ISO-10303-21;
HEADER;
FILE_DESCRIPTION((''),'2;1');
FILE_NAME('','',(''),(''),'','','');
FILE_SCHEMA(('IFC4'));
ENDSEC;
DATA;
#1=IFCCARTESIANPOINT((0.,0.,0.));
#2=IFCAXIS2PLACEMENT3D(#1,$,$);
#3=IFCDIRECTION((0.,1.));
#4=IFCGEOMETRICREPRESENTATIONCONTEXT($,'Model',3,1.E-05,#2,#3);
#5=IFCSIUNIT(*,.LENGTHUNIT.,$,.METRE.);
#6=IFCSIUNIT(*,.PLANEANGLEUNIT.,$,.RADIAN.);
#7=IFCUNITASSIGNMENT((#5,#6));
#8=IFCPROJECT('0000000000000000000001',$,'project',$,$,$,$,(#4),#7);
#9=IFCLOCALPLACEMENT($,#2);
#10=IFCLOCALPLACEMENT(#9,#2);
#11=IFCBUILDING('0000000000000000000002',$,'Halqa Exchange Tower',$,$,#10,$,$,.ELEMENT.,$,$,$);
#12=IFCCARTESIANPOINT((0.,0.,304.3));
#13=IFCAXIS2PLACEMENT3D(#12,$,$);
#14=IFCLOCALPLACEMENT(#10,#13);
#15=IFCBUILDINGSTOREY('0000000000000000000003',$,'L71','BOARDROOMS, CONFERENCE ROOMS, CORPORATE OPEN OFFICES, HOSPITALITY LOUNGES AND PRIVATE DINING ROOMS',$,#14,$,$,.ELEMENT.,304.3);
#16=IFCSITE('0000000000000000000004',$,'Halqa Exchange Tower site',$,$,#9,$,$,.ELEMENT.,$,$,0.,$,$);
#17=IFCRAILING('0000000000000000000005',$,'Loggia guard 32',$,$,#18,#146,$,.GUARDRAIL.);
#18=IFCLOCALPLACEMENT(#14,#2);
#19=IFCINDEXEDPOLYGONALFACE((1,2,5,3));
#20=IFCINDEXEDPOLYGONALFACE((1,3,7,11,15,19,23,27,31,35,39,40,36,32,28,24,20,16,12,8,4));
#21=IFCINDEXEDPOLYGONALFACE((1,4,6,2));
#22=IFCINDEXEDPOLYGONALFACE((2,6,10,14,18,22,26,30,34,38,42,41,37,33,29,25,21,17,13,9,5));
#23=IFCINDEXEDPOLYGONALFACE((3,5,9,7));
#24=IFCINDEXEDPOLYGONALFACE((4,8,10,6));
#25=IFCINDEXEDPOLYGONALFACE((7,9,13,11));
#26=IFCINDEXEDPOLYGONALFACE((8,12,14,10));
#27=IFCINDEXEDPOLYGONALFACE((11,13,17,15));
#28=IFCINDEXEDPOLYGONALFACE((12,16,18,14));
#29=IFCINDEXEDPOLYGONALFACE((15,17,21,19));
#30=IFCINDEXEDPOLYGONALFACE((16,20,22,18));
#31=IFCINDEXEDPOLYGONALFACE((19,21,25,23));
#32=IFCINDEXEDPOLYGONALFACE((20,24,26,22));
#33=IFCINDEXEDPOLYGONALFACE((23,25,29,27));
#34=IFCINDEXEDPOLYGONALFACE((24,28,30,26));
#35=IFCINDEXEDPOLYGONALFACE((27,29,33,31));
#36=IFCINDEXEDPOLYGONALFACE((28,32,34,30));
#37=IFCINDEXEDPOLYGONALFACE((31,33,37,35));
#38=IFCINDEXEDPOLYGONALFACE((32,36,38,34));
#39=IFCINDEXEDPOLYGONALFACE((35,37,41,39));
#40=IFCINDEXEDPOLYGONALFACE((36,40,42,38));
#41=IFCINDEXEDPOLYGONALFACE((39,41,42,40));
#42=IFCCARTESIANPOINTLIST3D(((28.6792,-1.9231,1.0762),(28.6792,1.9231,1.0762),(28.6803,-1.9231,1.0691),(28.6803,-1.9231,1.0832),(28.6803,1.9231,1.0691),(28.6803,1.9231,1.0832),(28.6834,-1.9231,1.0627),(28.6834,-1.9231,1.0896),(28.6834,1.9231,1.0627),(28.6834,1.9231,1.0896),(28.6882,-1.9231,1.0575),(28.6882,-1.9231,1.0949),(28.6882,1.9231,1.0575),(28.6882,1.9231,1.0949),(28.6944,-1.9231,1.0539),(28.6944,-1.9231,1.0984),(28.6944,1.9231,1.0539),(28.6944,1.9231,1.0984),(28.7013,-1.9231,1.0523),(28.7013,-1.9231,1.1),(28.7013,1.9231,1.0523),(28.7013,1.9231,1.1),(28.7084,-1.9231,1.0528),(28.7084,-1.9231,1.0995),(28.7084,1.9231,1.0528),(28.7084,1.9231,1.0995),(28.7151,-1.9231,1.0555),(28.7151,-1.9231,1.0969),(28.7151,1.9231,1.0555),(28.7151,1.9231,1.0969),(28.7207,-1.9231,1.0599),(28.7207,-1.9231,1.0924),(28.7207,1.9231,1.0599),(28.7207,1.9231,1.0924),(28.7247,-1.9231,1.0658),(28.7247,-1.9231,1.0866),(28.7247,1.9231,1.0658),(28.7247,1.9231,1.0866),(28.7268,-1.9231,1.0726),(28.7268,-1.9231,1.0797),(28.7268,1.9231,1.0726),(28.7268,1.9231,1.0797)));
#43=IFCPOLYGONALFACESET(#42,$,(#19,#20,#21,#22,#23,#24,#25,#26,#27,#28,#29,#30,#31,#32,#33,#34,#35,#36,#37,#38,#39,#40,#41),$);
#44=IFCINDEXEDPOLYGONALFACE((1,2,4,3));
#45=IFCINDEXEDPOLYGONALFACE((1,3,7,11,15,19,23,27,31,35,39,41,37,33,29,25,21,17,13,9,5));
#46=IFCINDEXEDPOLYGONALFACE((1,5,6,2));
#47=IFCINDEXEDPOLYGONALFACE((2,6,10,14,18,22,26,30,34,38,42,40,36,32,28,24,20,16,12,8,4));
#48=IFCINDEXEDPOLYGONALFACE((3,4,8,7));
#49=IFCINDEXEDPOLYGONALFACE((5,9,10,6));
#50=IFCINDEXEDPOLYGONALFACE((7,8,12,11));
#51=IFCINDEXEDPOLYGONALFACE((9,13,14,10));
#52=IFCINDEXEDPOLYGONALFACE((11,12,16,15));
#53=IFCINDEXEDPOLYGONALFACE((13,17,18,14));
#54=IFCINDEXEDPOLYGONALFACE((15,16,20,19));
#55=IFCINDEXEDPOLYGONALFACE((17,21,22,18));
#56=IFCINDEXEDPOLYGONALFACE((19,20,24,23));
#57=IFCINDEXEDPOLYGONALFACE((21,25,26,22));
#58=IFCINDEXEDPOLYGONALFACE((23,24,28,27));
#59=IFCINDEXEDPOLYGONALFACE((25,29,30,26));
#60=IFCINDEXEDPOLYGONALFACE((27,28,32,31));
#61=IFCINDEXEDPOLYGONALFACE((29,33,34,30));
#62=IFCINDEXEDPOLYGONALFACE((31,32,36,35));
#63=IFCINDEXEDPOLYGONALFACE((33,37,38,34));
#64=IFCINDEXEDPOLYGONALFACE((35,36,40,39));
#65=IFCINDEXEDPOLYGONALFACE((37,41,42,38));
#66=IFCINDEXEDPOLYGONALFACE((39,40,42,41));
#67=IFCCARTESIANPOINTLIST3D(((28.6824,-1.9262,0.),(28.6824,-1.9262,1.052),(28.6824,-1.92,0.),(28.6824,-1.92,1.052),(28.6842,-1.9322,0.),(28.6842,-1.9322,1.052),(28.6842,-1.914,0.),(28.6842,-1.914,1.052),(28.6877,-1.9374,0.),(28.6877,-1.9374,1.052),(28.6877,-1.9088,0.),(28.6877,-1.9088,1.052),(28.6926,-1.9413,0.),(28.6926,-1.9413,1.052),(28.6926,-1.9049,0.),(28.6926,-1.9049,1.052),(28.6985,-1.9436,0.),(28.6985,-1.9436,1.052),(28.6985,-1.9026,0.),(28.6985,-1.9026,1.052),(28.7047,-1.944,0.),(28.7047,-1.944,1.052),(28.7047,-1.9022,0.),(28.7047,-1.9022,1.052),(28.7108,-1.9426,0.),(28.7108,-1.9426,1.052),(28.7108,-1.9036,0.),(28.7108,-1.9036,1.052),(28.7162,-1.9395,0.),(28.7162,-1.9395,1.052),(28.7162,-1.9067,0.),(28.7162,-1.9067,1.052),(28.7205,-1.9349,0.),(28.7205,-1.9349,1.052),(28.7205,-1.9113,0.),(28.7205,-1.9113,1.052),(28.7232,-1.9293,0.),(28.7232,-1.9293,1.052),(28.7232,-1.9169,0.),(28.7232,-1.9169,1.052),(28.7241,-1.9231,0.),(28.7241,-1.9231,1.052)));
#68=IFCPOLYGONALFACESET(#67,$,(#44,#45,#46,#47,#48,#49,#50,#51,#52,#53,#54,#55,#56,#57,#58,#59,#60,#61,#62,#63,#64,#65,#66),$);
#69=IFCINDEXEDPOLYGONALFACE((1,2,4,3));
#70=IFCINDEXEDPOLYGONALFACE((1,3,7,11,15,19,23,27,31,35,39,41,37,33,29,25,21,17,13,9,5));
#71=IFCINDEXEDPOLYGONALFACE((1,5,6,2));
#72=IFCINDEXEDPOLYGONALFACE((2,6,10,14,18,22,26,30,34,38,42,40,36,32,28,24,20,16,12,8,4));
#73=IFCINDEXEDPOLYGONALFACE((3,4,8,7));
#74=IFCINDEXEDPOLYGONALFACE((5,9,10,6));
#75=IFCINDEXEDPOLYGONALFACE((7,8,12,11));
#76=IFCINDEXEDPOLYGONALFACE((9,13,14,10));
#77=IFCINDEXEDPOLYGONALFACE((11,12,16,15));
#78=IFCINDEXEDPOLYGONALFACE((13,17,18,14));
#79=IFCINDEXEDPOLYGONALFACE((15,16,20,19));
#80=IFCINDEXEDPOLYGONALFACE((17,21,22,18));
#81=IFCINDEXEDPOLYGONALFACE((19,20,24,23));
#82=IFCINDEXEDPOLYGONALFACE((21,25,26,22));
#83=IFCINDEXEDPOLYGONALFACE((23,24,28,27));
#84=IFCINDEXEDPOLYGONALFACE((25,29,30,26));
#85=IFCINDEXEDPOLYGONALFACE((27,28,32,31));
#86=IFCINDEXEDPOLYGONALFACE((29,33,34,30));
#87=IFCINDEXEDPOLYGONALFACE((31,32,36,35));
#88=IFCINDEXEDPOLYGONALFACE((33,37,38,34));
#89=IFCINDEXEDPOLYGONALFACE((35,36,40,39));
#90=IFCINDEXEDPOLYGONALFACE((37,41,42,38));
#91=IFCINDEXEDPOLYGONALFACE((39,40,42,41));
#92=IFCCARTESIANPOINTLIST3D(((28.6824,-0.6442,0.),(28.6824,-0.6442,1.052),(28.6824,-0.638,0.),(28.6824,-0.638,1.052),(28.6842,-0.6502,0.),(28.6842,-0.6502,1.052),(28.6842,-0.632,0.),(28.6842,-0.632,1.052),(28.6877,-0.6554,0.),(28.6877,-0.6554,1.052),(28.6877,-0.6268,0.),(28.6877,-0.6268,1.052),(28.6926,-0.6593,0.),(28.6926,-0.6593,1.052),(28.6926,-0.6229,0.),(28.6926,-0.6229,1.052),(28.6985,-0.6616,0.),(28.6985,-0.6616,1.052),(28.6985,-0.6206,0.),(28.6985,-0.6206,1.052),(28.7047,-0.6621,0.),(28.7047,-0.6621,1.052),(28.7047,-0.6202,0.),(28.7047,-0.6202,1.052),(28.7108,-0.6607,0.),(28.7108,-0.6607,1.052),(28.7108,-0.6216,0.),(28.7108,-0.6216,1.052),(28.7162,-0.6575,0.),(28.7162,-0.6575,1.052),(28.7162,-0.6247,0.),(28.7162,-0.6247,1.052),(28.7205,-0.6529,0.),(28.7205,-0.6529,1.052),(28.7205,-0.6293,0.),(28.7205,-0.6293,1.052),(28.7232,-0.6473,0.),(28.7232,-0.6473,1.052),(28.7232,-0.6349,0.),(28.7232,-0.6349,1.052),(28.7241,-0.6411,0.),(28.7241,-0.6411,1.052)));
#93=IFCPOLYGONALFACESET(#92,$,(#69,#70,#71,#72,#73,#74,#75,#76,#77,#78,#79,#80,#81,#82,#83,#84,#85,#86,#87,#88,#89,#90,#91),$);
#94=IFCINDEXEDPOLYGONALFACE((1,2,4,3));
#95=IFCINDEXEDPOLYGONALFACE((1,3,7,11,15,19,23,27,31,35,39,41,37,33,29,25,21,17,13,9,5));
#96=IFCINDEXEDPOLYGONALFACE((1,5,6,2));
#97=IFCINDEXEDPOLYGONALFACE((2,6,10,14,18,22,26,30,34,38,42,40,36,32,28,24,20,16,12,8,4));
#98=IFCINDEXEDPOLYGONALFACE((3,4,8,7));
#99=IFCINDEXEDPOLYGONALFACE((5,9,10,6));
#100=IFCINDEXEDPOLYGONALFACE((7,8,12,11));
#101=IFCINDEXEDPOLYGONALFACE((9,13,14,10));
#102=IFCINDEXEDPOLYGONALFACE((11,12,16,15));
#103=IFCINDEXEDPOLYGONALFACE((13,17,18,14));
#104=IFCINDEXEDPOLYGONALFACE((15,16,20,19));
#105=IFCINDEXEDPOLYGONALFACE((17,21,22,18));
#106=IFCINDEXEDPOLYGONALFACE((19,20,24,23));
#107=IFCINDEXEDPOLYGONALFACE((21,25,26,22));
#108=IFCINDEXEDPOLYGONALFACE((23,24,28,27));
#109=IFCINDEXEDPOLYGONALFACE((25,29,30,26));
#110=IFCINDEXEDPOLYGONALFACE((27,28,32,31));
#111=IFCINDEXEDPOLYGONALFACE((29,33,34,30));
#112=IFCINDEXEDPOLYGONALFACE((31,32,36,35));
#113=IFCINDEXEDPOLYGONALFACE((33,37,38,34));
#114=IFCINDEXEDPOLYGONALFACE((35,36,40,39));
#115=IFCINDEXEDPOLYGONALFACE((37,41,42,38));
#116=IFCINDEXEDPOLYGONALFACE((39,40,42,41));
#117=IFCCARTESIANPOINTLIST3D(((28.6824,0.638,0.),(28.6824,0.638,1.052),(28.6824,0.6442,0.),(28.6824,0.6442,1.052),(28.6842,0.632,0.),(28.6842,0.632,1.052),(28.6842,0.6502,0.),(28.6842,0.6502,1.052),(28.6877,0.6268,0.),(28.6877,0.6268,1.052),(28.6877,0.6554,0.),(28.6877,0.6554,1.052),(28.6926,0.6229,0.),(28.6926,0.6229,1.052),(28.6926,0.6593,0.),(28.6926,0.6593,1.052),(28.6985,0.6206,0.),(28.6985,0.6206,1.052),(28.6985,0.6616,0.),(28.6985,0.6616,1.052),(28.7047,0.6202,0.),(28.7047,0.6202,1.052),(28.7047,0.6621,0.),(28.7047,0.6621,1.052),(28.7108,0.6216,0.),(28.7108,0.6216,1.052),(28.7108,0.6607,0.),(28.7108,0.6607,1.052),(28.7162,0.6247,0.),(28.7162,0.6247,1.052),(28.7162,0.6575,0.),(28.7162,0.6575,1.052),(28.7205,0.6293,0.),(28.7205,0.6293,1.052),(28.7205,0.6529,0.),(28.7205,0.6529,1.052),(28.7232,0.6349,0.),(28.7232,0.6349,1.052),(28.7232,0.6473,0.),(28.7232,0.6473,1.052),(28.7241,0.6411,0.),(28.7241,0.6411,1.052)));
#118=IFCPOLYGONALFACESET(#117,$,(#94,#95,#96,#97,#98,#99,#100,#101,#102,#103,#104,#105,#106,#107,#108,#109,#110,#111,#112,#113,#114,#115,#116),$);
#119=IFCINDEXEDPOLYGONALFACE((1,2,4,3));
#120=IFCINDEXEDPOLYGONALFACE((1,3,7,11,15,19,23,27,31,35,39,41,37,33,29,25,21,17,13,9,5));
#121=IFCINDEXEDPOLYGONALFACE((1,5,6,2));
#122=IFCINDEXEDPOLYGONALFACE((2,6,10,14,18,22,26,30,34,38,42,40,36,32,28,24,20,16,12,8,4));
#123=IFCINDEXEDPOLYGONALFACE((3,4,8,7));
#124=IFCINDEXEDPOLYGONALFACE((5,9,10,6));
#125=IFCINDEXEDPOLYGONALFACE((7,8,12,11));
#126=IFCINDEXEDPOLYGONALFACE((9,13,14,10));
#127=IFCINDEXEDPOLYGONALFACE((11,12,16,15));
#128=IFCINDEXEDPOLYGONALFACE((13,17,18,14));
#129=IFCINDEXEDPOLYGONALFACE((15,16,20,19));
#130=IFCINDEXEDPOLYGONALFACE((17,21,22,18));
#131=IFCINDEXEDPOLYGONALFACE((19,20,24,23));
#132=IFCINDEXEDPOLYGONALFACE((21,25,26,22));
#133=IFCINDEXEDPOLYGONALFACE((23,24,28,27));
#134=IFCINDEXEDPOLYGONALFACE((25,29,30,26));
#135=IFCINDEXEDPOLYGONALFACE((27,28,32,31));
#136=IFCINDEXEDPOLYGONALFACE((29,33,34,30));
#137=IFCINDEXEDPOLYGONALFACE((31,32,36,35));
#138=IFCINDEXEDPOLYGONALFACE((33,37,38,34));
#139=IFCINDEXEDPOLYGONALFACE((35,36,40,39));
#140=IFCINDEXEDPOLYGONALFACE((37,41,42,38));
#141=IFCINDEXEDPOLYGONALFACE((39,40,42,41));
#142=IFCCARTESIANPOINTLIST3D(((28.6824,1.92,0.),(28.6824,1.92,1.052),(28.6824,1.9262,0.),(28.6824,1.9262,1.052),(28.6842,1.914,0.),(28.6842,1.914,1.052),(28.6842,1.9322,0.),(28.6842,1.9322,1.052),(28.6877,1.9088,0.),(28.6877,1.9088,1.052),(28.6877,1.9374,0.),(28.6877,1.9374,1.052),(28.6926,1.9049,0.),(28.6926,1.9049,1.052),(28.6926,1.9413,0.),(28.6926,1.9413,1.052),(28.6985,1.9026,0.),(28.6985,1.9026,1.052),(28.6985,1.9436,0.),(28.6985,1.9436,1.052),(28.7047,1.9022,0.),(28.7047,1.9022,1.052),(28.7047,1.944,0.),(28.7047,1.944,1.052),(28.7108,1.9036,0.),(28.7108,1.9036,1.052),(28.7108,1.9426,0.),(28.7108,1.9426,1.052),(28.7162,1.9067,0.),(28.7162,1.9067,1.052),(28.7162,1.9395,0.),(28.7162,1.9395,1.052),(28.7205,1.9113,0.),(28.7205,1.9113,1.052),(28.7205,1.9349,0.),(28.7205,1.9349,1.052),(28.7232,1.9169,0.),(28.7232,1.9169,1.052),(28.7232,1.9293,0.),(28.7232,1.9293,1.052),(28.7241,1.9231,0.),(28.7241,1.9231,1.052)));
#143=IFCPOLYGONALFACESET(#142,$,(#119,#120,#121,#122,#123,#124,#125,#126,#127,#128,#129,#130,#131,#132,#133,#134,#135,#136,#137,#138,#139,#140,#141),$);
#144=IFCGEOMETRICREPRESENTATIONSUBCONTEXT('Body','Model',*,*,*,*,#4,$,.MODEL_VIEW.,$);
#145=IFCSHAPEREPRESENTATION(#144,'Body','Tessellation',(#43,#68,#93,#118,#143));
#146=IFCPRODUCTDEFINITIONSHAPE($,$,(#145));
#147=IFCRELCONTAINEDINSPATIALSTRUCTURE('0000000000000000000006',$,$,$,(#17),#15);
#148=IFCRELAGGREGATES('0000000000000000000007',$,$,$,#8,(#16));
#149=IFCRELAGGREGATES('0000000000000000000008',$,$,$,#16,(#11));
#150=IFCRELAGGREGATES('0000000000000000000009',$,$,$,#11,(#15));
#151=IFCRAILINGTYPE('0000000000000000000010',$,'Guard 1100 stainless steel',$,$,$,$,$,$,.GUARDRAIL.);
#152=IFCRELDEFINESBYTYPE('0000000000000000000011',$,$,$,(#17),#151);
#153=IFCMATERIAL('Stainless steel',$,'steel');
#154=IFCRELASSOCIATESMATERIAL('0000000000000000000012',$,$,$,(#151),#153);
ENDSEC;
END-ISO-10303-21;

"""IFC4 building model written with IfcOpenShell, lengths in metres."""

from ifc_helpers import new_model, si_unit, direction, frame, origin, origin_2d, place, context, subcontext, project, spatial, circle, extrude, material, type_object, element, save


model = new_model("IFC4")

# Units and contexts
model_context = context("Model", 3, precision=1e-05, world=origin(), true_north=direction((0.0, 1.0)))
body_context = subcontext(model_context, "Body", "Model", "MODEL_VIEW")
ifc_project = project(units=[si_unit("LENGTHUNIT", "METRE"), si_unit("PLANEANGLEUNIT", "RADIAN")], contexts=[model_context])

# Site, building, storey
site_placement = place(None, origin())
site = spatial("IfcSite", under=ifc_project, at=site_placement, Name="Halqa Exchange Tower site", CompositionType="ELEMENT", RefElevation=0.0)
building_placement = place(site_placement, origin())
building = spatial("IfcBuilding", under=site, at=building_placement, Name="Halqa Exchange Tower", CompositionType="ELEMENT")
storey_placement = place(building_placement, frame((0.0, 0.0, 304.3)))
storey = spatial("IfcBuildingStorey", under=building, at=storey_placement, Name="L71", Description="BOARDROOMS, CONFERENCE ROOMS, CORPORATE OPEN OFFICES, HOSPITALITY LOUNGES AND PRIVATE DINING ROOMS", CompositionType="ELEMENT", Elevation=304.3)

# Railing
ifc_material_1 = material(Name="Stainless steel", Category="steel")
railing_type = type_object("IfcRailingType", Name="Guard 1100 stainless steel", PredefinedType="GUARDRAIL", material=ifc_material_1)
railing_1_placement = place(storey_placement, frame((28.7031, -1.9231, 0.0)))
element("IfcRailing", 1, at=railing_1_placement, inside=storey, type_object=railing_type, Name="Loggia guard 32", PredefinedType="GUARDRAIL", context=body_context, shape_type="SweptSolid", body=[
    extrude(circle(Radius=0.0239, at=origin_2d()), frame((0.0, 0.0, 1.0762), z_axis=(0.0, 1.0, 0.0), x_axis=(-1.0, 0.0, 0.0)), (0.0, 0.0, 1.0), 3.8462),
    extrude(circle(Radius=0.021, at=origin_2d()), origin(), (0.0, 0.0, 1.0), 1.052),
    extrude(circle(Radius=0.021, at=origin_2d()), frame((0.0, 1.282, 0.0)), (0.0, 0.0, 1.0), 1.052),
    extrude(circle(Radius=0.021, at=origin_2d()), frame((0.0, 2.5642, 0.0)), (0.0, 0.0, 1.0), 1.052),
    extrude(circle(Radius=0.021, at=origin_2d()), frame((0.0, 3.8462, 0.0)), (0.0, 0.0, 1.0), 1.052),
])

save(model, "model.ifc")
